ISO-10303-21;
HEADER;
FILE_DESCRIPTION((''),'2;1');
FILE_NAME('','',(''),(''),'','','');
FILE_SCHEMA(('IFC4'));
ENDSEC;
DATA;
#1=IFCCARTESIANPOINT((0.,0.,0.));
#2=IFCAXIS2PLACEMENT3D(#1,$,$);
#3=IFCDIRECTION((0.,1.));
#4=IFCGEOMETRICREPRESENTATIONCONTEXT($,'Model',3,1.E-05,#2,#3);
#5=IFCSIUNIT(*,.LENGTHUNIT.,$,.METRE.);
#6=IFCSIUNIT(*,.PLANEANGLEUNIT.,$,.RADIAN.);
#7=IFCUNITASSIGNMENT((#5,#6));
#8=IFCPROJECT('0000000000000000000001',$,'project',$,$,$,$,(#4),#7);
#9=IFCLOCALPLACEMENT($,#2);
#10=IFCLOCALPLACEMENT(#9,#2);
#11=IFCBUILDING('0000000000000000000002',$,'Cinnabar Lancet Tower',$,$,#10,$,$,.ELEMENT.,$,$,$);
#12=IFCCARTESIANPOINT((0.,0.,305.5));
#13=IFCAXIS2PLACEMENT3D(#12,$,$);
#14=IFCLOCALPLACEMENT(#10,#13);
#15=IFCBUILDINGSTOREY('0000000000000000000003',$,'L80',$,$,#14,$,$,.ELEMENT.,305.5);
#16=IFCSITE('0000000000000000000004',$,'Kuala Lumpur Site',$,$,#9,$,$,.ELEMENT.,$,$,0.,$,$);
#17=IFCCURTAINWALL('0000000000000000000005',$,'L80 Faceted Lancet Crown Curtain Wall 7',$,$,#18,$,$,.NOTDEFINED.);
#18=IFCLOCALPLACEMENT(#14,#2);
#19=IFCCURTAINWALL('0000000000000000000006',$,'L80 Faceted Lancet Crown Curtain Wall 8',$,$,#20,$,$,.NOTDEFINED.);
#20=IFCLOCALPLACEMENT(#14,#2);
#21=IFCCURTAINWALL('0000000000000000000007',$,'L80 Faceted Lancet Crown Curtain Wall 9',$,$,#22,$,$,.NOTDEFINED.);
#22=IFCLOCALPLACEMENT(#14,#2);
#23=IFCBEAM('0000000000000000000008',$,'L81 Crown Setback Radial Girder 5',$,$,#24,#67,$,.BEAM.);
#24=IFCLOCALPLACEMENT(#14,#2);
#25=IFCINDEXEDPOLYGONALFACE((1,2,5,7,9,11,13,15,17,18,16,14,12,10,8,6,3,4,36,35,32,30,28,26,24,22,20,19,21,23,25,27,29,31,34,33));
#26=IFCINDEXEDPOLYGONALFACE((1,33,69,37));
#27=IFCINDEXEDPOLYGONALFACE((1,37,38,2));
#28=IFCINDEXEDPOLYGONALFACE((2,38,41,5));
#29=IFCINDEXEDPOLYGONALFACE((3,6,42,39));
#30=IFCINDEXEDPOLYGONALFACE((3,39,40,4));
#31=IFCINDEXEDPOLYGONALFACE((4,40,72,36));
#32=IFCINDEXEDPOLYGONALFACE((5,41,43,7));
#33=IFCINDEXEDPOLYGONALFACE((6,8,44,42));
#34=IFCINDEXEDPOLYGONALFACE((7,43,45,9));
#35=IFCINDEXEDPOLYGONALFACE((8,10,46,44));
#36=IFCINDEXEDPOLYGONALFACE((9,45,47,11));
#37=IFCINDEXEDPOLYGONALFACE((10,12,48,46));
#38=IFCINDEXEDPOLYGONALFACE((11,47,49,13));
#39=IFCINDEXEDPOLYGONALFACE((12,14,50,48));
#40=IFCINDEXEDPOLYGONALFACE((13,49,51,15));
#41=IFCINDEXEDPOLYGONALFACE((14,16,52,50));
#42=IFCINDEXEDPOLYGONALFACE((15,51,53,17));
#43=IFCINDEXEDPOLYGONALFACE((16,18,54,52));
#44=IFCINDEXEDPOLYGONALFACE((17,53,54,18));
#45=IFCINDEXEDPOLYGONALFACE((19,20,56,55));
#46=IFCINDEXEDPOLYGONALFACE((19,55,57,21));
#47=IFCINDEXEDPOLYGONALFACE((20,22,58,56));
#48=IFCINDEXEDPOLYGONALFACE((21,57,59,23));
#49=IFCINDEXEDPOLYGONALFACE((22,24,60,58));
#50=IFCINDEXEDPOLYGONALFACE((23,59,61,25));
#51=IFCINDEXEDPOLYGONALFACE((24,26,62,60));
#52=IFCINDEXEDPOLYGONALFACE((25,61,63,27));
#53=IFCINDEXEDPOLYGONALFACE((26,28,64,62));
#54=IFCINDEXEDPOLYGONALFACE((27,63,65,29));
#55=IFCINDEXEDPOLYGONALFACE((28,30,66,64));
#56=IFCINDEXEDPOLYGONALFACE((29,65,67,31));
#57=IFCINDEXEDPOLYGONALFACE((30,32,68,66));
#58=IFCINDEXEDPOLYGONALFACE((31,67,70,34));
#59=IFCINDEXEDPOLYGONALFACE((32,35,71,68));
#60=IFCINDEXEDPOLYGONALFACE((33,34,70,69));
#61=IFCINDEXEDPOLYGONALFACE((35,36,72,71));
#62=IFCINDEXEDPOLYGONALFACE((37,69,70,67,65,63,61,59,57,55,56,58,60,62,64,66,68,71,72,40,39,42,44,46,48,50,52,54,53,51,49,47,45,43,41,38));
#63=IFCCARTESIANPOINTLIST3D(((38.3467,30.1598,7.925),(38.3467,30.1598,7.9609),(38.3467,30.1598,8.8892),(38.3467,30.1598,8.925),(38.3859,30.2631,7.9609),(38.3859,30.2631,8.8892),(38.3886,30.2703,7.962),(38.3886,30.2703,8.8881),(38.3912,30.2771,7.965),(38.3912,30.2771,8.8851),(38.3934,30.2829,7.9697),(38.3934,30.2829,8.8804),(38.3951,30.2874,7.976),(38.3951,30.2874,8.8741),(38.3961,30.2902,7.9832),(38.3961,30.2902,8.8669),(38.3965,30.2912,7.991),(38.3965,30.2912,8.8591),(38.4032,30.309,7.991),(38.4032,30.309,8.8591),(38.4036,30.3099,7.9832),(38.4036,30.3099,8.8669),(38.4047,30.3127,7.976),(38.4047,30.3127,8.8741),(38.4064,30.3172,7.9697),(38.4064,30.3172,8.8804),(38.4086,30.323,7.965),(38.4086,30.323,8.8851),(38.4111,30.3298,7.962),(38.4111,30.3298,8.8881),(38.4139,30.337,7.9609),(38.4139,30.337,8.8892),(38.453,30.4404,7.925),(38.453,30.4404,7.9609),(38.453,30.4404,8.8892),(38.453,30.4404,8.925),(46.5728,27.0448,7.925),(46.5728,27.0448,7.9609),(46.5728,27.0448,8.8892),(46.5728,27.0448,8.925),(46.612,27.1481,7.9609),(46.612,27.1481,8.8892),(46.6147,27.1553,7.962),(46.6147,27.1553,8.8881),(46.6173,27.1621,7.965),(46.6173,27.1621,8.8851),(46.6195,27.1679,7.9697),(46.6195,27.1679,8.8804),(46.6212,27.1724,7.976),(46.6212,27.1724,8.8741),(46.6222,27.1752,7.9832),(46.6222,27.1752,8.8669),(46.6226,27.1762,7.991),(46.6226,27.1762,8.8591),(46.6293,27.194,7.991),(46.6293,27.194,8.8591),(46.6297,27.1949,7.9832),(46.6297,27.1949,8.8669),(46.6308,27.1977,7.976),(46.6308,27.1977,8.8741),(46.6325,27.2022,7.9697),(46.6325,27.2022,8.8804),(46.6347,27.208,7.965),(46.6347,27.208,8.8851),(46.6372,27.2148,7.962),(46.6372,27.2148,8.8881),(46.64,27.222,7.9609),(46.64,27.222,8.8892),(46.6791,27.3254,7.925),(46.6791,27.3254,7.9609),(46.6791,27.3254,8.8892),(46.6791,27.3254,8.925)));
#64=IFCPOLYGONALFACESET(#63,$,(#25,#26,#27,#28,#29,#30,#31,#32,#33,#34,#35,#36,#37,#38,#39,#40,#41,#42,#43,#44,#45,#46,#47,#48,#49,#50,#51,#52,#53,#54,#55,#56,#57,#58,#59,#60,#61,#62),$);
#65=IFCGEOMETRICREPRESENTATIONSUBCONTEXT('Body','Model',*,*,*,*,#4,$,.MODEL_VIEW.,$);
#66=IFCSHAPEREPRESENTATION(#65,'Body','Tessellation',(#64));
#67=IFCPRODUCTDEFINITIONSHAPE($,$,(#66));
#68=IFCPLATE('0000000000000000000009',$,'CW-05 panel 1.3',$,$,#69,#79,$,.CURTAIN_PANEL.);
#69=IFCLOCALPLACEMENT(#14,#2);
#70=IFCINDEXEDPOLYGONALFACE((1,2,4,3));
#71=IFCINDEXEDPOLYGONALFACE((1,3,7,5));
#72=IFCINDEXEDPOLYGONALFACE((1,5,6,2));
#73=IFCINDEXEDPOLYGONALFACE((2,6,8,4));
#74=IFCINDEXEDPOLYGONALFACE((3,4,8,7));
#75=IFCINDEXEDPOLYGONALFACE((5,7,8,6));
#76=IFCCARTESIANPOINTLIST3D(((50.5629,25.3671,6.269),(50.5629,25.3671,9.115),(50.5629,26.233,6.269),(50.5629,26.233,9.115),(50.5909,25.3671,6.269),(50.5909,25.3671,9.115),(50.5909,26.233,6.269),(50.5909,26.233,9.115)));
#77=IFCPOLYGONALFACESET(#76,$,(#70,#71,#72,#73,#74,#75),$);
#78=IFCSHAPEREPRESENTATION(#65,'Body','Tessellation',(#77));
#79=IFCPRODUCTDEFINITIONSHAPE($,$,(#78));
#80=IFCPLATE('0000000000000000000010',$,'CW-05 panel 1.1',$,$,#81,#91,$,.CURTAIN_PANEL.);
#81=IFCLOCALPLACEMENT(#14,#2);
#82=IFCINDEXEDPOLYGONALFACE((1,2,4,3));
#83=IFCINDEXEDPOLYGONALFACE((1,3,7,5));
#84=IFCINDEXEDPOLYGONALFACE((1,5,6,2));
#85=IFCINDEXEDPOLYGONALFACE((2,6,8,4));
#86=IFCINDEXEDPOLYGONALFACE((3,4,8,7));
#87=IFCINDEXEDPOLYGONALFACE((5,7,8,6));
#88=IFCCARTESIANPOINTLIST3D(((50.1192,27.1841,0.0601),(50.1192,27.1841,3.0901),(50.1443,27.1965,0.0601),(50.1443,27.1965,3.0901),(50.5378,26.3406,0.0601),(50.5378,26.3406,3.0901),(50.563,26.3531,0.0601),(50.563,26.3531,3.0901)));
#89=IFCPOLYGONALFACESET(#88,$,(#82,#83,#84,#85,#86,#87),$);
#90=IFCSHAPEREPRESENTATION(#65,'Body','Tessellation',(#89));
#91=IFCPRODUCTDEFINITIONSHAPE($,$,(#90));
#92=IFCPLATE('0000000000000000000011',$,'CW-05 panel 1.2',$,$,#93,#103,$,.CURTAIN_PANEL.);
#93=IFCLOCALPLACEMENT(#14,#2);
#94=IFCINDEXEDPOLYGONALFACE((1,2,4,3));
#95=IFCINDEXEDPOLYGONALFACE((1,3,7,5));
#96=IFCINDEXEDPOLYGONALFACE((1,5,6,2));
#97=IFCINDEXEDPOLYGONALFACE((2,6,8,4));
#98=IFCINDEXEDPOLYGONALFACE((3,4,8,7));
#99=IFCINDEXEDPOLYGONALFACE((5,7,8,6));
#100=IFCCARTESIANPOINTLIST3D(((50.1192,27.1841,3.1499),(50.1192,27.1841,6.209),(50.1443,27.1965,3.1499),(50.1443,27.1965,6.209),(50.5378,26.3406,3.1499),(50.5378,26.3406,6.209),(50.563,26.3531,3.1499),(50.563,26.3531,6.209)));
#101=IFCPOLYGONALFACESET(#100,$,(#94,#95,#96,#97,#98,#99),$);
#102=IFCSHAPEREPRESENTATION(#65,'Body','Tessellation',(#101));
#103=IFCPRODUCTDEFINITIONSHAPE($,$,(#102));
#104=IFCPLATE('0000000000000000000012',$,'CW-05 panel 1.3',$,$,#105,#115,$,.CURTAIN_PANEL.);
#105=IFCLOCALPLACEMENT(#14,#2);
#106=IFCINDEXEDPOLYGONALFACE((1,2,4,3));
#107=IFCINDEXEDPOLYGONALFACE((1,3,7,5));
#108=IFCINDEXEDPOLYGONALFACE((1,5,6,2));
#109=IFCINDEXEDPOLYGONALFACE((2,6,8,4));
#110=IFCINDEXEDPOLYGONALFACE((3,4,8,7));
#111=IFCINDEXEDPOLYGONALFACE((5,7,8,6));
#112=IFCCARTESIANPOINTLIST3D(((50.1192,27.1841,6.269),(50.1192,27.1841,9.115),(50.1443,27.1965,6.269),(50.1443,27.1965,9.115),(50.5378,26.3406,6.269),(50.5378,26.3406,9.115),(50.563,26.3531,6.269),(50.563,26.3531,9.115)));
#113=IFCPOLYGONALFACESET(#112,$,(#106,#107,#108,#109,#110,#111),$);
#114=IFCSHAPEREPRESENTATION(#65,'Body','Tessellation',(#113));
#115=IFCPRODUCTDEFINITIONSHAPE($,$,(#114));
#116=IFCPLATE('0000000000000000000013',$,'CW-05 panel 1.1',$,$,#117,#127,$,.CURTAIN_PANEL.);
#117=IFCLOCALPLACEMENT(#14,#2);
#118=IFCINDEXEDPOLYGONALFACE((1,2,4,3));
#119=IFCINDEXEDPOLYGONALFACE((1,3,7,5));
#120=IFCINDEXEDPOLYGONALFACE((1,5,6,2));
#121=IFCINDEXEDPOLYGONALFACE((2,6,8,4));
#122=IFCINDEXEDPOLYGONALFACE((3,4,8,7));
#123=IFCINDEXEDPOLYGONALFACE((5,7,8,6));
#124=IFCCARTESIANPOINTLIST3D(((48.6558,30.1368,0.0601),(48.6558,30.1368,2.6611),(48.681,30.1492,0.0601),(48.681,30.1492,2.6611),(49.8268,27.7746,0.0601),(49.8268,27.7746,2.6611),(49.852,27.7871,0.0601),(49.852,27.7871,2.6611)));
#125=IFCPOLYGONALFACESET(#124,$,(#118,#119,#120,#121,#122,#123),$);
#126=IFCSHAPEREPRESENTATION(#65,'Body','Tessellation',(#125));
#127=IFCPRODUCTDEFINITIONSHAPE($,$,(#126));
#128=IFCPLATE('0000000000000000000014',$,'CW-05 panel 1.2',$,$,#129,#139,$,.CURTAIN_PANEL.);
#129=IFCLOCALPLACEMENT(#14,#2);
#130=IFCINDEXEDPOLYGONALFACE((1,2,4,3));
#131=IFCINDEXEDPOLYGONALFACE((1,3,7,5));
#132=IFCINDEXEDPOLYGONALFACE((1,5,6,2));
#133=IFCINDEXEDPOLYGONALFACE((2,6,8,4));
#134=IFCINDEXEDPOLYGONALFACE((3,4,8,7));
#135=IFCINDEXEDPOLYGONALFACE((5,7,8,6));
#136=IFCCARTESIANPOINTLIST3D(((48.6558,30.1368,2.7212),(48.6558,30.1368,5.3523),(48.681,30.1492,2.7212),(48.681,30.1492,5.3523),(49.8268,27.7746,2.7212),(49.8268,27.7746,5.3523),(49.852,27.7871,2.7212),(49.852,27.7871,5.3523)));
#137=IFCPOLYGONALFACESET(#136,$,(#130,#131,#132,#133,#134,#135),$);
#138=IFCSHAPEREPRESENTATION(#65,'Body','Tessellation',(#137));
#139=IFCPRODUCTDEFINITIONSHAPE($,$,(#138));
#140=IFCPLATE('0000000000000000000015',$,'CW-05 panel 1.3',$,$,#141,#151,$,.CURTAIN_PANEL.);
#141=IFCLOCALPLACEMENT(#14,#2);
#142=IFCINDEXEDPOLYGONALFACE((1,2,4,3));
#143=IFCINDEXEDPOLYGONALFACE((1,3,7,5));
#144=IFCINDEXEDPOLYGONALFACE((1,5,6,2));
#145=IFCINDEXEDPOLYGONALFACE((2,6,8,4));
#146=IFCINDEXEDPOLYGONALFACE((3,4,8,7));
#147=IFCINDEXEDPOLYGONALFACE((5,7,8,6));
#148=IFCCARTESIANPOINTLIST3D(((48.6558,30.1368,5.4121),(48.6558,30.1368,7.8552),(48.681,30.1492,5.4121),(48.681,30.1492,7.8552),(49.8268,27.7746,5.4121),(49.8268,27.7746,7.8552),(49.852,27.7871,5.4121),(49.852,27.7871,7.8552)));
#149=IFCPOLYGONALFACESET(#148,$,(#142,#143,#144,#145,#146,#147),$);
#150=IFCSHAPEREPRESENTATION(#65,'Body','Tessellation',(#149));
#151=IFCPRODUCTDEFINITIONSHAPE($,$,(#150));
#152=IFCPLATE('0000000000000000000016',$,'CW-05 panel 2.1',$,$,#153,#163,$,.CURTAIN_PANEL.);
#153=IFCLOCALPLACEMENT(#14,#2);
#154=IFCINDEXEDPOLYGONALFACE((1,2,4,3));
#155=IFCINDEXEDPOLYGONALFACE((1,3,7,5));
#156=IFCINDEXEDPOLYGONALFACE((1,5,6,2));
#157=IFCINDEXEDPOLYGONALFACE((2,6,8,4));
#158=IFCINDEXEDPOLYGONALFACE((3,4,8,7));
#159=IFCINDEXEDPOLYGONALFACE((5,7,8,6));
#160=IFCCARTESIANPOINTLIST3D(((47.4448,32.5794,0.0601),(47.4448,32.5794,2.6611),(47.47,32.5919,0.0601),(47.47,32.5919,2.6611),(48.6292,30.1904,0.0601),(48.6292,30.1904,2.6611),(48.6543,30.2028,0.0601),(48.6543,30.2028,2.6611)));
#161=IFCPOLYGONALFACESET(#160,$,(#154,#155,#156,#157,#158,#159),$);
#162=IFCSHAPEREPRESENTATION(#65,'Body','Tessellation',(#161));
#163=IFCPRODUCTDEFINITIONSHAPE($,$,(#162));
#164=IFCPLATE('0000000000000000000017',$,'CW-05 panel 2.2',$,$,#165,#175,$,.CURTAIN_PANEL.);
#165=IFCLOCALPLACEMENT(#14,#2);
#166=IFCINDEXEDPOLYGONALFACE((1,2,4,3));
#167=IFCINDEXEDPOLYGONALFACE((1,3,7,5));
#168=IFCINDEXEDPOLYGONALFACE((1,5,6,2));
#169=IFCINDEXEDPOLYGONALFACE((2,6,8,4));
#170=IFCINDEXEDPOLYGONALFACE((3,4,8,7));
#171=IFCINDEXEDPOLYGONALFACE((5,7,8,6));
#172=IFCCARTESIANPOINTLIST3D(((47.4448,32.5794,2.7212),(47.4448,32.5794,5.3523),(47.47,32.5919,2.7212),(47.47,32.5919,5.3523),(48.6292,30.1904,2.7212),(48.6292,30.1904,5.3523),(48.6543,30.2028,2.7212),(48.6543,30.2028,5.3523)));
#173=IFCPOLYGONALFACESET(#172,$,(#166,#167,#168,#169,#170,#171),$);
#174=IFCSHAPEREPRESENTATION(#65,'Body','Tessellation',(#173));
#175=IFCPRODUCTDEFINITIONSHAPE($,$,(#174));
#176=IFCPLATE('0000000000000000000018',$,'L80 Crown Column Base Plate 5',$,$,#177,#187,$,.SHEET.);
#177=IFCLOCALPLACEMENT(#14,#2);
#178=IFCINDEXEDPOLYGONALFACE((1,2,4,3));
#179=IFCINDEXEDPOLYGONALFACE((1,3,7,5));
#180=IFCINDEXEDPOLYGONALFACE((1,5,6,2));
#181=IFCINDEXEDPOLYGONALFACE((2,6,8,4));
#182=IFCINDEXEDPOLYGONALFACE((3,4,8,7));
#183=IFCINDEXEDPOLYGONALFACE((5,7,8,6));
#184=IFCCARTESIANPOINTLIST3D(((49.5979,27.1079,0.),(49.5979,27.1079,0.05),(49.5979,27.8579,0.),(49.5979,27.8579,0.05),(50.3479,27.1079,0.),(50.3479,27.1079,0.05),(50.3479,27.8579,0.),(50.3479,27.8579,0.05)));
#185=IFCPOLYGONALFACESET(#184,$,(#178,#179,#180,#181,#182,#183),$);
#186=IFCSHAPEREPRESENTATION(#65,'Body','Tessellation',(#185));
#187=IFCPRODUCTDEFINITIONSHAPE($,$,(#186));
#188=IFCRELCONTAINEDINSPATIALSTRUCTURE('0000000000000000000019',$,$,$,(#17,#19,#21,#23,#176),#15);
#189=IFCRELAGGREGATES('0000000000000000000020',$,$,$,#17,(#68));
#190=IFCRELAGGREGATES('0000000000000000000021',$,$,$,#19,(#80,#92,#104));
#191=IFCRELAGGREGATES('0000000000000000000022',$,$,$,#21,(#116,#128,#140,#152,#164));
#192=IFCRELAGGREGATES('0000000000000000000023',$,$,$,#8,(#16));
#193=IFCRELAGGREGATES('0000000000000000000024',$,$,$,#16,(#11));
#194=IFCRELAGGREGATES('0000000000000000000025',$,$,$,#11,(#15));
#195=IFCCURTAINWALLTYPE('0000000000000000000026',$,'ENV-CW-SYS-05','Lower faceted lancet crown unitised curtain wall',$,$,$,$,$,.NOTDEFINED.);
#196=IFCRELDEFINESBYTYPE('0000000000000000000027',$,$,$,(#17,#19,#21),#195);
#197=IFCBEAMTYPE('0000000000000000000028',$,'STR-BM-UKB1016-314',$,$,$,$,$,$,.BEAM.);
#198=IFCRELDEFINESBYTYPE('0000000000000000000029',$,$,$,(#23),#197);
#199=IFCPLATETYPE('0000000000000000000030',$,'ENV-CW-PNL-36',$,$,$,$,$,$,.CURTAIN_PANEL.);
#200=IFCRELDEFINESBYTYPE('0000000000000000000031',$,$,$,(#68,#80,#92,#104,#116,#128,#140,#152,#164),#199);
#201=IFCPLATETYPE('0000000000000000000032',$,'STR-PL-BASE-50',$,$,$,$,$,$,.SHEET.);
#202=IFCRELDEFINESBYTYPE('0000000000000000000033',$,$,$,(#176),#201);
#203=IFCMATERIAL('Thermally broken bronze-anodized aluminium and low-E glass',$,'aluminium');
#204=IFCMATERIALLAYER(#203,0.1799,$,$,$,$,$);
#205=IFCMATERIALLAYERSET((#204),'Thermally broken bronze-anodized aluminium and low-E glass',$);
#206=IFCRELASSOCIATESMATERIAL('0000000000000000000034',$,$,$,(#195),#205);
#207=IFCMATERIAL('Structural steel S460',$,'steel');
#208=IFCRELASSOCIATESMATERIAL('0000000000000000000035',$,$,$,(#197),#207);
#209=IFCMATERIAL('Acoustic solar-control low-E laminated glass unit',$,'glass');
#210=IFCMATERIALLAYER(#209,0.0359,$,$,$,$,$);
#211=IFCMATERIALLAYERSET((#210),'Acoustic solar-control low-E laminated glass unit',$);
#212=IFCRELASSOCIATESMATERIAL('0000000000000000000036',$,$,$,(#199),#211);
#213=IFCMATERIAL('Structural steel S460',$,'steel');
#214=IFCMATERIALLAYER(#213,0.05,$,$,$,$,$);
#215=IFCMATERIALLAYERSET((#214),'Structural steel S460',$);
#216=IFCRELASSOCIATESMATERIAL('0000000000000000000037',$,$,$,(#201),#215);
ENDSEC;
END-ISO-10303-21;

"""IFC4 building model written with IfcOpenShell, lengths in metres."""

from ifc_helpers import new_model, si_unit, direction, frame, origin, origin_2d, place, context, subcontext, project, spatial, rectangle, i_section, extrude, material, layer, layer_set, material_profile, profile_set, type_object, element, aggregate, save


model = new_model("IFC4")

# Units and contexts
model_context = context("Model", 3, precision=1e-05, world=origin(), true_north=direction((0.0, 1.0)))
body_context = subcontext(model_context, "Body", "Model", "MODEL_VIEW")
ifc_project = project(units=[si_unit("LENGTHUNIT", "METRE"), si_unit("PLANEANGLEUNIT", "RADIAN")], contexts=[model_context])

# Site, building, storey
site_placement = place(None, origin())
site = spatial("IfcSite", under=ifc_project, at=site_placement, Name="Kuala Lumpur Site", CompositionType="ELEMENT", RefElevation=0.0)
building_placement = place(site_placement, origin())
building = spatial("IfcBuilding", under=site, at=building_placement, Name="Cinnabar Lancet Tower", CompositionType="ELEMENT")
storey_placement = place(building_placement, frame((0.0, 0.0, 305.5)))
storey = spatial("IfcBuildingStorey", under=building, at=storey_placement, Name="L80", CompositionType="ELEMENT", Elevation=305.5)

# Curtain wall
ifc_material_1 = material(Name="Thermally broken bronze-anodized aluminium and low-E glass", Category="aluminium")
ifc_layer_1 = layer(ifc_material_1, 0.1799)
ifc_layer_set_1 = layer_set([ifc_layer_1], Name="Thermally broken bronze-anodized aluminium and low-E glass")
curtain_wall_type = type_object("IfcCurtainWallType", Name="ENV-CW-SYS-05", Description="Lower faceted lancet crown unitised curtain wall", PredefinedType="NOTDEFINED", material=ifc_layer_set_1)
curtain_wall_1_placement = place(storey_placement, origin())
curtain_wall_1 = element("IfcCurtainWall", 1, at=curtain_wall_1_placement, inside=storey, type_object=curtain_wall_type, Name="L80 Faceted Lancet Crown Curtain Wall 7", PredefinedType="NOTDEFINED")

# Curtain walls
curtain_wall_2_placement = place(storey_placement, origin())
curtain_wall_2 = element("IfcCurtainWall", 2, at=curtain_wall_2_placement, inside=storey, type_object=curtain_wall_type, Name="L80 Faceted Lancet Crown Curtain Wall 8", PredefinedType="NOTDEFINED")
curtain_wall_3_placement = place(storey_placement, origin())
curtain_wall_3 = element("IfcCurtainWall", 3, at=curtain_wall_3_placement, inside=storey, type_object=curtain_wall_type, Name="L80 Faceted Lancet Crown Curtain Wall 9", PredefinedType="NOTDEFINED")

# Beam
ifc_material_2 = material(Name="Structural steel S460", Category="steel")
ifc_material_profile_1 = material_profile(ifc_material_2, i_section(OverallWidth=0.3, OverallDepth=1.0, WebThickness=0.019, FlangeThickness=0.0359, FilletRadius=0.03, at=origin_2d()), Name="UKB 1016x305x314")
ifc_profile_set_1 = profile_set([ifc_material_profile_1], Name="Structural steel S460")
beam_type = type_object("IfcBeamType", Name="STR-BM-UKB1016-314", PredefinedType="BEAM", material=ifc_profile_set_1)
beam_1_placement = place(storey_placement, frame((46.626, 27.1851, 8.425), z_axis=(-0.935195, 0.354133, 0.0), x_axis=(-0.354133, -0.935195, 0.0)))
element("IfcBeam", 4, at=beam_1_placement, inside=storey, type_object=beam_type, Name="L81 Crown Setback Radial Girder 5", PredefinedType="BEAM", context=body_context, shape_type="SweptSolid", body=[
    extrude(i_section(OverallWidth=0.3, OverallDepth=1.0, WebThickness=0.019, FlangeThickness=0.0359, FilletRadius=0.03, at=origin_2d()), origin(), (0.0, 0.0, 1.0), 8.7961),
])

# Plates
ifc_material_3 = material(Name="Acoustic solar-control low-E laminated glass unit", Category="glass")
ifc_layer_2 = layer(ifc_material_3, 0.0359)
ifc_layer_set_2 = layer_set([ifc_layer_2], Name="Acoustic solar-control low-E laminated glass unit")
plate_type_1 = type_object("IfcPlateType", Name="ENV-CW-PNL-36", PredefinedType="CURTAIN_PANEL", material=ifc_layer_set_2)
plate_1_placement = place(storey_placement, frame((50.5769, 25.8, 6.269), z_axis=(0.0, 0.0, 1.0), x_axis=(0.0, 1.0, 0.0)))
plate_1 = element("IfcPlate", 5, at=plate_1_placement, type_object=plate_type_1, Name="CW-05 panel 1.3", PredefinedType="CURTAIN_PANEL", context=body_context, shape_type="SweptSolid", body=[
    extrude(rectangle(XDim=0.866, YDim=0.0281, at=origin_2d()), origin(), (0.0, 0.0, 1.0), 2.8459),
])
aggregate(curtain_wall_1, [plate_1])
plate_2_placement = place(storey_placement, frame((50.3411, 26.7686, 0.0601), z_axis=(0.0, 0.0, 1.0), x_axis=(-0.444574, 0.895742, 0.0)))
plate_2 = element("IfcPlate", 6, at=plate_2_placement, type_object=plate_type_1, Name="CW-05 panel 1.1", PredefinedType="CURTAIN_PANEL", context=body_context, shape_type="SweptSolid", body=[
    extrude(rectangle(XDim=0.9417, YDim=0.0281, at=origin_2d()), origin(), (0.0, 0.0, 1.0), 3.03),
])
plate_3_placement = place(storey_placement, frame((50.3411, 26.7686, 3.1499), z_axis=(0.0, 0.0, 1.0), x_axis=(-0.444574, 0.895742, 0.0)))
plate_3 = element("IfcPlate", 7, at=plate_3_placement, type_object=plate_type_1, Name="CW-05 panel 1.2", PredefinedType="CURTAIN_PANEL", context=body_context, shape_type="SweptSolid", body=[
    extrude(rectangle(XDim=0.9417, YDim=0.0281, at=origin_2d()), origin(), (0.0, 0.0, 1.0), 3.0591),
])
plate_4_placement = place(storey_placement, frame((50.3411, 26.7686, 6.269), z_axis=(0.0, 0.0, 1.0), x_axis=(-0.444574, 0.895742, 0.0)))
plate_4 = element("IfcPlate", 8, at=plate_4_placement, type_object=plate_type_1, Name="CW-05 panel 1.3", PredefinedType="CURTAIN_PANEL", context=body_context, shape_type="SweptSolid", body=[
    extrude(rectangle(XDim=0.9417, YDim=0.0281, at=origin_2d()), origin(), (0.0, 0.0, 1.0), 2.8459),
])
aggregate(curtain_wall_2, [plate_2, plate_3, plate_4])
plate_5_placement = place(storey_placement, frame((49.2539, 28.9619, 0.0601), z_axis=(0.0, 0.0, 1.0), x_axis=(-0.444159, 0.895948, 0.0)))
plate_5 = element("IfcPlate", 9, at=plate_5_placement, type_object=plate_type_1, Name="CW-05 panel 1.1", PredefinedType="CURTAIN_PANEL", context=body_context, shape_type="SweptSolid", body=[
    extrude(rectangle(XDim=2.6365, YDim=0.0281, at=origin_2d()), origin(), (0.0, 0.0, 1.0), 2.6011),
])
plate_6_placement = place(storey_placement, frame((49.2539, 28.9619, 2.7212), z_axis=(0.0, 0.0, 1.0), x_axis=(-0.444159, 0.895948, 0.0)))
plate_6 = element("IfcPlate", 10, at=plate_6_placement, type_object=plate_type_1, Name="CW-05 panel 1.2", PredefinedType="CURTAIN_PANEL", context=body_context, shape_type="SweptSolid", body=[
    extrude(rectangle(XDim=2.6365, YDim=0.0281, at=origin_2d()), origin(), (0.0, 0.0, 1.0), 2.6311),
])
plate_7_placement = place(storey_placement, frame((49.2539, 28.9619, 5.4121), z_axis=(0.0, 0.0, 1.0), x_axis=(-0.444159, 0.895948, 0.0)))
plate_7 = element("IfcPlate", 11, at=plate_7_placement, type_object=plate_type_1, Name="CW-05 panel 1.3", PredefinedType="CURTAIN_PANEL", context=body_context, shape_type="SweptSolid", body=[
    extrude(rectangle(XDim=2.6365, YDim=0.0281, at=origin_2d()), origin(), (0.0, 0.0, 1.0), 2.4431),
])
plate_8_placement = place(storey_placement, frame((48.0496, 31.3911, 0.0601), z_axis=(0.0, 0.0, 1.0), x_axis=(-0.444159, 0.895948, 0.0)))
plate_8 = element("IfcPlate", 12, at=plate_8_placement, type_object=plate_type_1, Name="CW-05 panel 2.1", PredefinedType="CURTAIN_PANEL", context=body_context, shape_type="SweptSolid", body=[
    extrude(rectangle(XDim=2.6665, YDim=0.0281, at=origin_2d()), origin(), (0.0, 0.0, 1.0), 2.6011),
])
plate_9_placement = place(storey_placement, frame((48.0496, 31.3911, 2.7212), z_axis=(0.0, 0.0, 1.0), x_axis=(-0.444159, 0.895948, 0.0)))
plate_9 = element("IfcPlate", 13, at=plate_9_placement, type_object=plate_type_1, Name="CW-05 panel 2.2", PredefinedType="CURTAIN_PANEL", context=body_context, shape_type="SweptSolid", body=[
    extrude(rectangle(XDim=2.6665, YDim=0.0281, at=origin_2d()), origin(), (0.0, 0.0, 1.0), 2.6311),
])
aggregate(curtain_wall_3, [plate_5, plate_6, plate_7, plate_8, plate_9])
ifc_material_4 = material(Name="Structural steel S460", Category="steel")
ifc_layer_3 = layer(ifc_material_4, 0.05)
ifc_layer_set_3 = layer_set([ifc_layer_3], Name="Structural steel S460")
plate_type_2 = type_object("IfcPlateType", Name="STR-PL-BASE-50", PredefinedType="SHEET", material=ifc_layer_set_3)
plate_10_placement = place(storey_placement, frame((49.9729, 27.4829, 0.0), z_axis=(0.0, 0.0, 1.0), x_axis=(1.0, 0.0, 0.0)))
element("IfcPlate", 14, at=plate_10_placement, inside=storey, type_object=plate_type_2, Name="L80 Crown Column Base Plate 5", PredefinedType="SHEET", context=body_context, shape_type="SweptSolid", body=[
    extrude(rectangle(XDim=0.75, YDim=0.75, at=origin_2d()), origin(), (0.0, 0.0, 1.0), 0.05),
])

save(model, "model.ifc")
